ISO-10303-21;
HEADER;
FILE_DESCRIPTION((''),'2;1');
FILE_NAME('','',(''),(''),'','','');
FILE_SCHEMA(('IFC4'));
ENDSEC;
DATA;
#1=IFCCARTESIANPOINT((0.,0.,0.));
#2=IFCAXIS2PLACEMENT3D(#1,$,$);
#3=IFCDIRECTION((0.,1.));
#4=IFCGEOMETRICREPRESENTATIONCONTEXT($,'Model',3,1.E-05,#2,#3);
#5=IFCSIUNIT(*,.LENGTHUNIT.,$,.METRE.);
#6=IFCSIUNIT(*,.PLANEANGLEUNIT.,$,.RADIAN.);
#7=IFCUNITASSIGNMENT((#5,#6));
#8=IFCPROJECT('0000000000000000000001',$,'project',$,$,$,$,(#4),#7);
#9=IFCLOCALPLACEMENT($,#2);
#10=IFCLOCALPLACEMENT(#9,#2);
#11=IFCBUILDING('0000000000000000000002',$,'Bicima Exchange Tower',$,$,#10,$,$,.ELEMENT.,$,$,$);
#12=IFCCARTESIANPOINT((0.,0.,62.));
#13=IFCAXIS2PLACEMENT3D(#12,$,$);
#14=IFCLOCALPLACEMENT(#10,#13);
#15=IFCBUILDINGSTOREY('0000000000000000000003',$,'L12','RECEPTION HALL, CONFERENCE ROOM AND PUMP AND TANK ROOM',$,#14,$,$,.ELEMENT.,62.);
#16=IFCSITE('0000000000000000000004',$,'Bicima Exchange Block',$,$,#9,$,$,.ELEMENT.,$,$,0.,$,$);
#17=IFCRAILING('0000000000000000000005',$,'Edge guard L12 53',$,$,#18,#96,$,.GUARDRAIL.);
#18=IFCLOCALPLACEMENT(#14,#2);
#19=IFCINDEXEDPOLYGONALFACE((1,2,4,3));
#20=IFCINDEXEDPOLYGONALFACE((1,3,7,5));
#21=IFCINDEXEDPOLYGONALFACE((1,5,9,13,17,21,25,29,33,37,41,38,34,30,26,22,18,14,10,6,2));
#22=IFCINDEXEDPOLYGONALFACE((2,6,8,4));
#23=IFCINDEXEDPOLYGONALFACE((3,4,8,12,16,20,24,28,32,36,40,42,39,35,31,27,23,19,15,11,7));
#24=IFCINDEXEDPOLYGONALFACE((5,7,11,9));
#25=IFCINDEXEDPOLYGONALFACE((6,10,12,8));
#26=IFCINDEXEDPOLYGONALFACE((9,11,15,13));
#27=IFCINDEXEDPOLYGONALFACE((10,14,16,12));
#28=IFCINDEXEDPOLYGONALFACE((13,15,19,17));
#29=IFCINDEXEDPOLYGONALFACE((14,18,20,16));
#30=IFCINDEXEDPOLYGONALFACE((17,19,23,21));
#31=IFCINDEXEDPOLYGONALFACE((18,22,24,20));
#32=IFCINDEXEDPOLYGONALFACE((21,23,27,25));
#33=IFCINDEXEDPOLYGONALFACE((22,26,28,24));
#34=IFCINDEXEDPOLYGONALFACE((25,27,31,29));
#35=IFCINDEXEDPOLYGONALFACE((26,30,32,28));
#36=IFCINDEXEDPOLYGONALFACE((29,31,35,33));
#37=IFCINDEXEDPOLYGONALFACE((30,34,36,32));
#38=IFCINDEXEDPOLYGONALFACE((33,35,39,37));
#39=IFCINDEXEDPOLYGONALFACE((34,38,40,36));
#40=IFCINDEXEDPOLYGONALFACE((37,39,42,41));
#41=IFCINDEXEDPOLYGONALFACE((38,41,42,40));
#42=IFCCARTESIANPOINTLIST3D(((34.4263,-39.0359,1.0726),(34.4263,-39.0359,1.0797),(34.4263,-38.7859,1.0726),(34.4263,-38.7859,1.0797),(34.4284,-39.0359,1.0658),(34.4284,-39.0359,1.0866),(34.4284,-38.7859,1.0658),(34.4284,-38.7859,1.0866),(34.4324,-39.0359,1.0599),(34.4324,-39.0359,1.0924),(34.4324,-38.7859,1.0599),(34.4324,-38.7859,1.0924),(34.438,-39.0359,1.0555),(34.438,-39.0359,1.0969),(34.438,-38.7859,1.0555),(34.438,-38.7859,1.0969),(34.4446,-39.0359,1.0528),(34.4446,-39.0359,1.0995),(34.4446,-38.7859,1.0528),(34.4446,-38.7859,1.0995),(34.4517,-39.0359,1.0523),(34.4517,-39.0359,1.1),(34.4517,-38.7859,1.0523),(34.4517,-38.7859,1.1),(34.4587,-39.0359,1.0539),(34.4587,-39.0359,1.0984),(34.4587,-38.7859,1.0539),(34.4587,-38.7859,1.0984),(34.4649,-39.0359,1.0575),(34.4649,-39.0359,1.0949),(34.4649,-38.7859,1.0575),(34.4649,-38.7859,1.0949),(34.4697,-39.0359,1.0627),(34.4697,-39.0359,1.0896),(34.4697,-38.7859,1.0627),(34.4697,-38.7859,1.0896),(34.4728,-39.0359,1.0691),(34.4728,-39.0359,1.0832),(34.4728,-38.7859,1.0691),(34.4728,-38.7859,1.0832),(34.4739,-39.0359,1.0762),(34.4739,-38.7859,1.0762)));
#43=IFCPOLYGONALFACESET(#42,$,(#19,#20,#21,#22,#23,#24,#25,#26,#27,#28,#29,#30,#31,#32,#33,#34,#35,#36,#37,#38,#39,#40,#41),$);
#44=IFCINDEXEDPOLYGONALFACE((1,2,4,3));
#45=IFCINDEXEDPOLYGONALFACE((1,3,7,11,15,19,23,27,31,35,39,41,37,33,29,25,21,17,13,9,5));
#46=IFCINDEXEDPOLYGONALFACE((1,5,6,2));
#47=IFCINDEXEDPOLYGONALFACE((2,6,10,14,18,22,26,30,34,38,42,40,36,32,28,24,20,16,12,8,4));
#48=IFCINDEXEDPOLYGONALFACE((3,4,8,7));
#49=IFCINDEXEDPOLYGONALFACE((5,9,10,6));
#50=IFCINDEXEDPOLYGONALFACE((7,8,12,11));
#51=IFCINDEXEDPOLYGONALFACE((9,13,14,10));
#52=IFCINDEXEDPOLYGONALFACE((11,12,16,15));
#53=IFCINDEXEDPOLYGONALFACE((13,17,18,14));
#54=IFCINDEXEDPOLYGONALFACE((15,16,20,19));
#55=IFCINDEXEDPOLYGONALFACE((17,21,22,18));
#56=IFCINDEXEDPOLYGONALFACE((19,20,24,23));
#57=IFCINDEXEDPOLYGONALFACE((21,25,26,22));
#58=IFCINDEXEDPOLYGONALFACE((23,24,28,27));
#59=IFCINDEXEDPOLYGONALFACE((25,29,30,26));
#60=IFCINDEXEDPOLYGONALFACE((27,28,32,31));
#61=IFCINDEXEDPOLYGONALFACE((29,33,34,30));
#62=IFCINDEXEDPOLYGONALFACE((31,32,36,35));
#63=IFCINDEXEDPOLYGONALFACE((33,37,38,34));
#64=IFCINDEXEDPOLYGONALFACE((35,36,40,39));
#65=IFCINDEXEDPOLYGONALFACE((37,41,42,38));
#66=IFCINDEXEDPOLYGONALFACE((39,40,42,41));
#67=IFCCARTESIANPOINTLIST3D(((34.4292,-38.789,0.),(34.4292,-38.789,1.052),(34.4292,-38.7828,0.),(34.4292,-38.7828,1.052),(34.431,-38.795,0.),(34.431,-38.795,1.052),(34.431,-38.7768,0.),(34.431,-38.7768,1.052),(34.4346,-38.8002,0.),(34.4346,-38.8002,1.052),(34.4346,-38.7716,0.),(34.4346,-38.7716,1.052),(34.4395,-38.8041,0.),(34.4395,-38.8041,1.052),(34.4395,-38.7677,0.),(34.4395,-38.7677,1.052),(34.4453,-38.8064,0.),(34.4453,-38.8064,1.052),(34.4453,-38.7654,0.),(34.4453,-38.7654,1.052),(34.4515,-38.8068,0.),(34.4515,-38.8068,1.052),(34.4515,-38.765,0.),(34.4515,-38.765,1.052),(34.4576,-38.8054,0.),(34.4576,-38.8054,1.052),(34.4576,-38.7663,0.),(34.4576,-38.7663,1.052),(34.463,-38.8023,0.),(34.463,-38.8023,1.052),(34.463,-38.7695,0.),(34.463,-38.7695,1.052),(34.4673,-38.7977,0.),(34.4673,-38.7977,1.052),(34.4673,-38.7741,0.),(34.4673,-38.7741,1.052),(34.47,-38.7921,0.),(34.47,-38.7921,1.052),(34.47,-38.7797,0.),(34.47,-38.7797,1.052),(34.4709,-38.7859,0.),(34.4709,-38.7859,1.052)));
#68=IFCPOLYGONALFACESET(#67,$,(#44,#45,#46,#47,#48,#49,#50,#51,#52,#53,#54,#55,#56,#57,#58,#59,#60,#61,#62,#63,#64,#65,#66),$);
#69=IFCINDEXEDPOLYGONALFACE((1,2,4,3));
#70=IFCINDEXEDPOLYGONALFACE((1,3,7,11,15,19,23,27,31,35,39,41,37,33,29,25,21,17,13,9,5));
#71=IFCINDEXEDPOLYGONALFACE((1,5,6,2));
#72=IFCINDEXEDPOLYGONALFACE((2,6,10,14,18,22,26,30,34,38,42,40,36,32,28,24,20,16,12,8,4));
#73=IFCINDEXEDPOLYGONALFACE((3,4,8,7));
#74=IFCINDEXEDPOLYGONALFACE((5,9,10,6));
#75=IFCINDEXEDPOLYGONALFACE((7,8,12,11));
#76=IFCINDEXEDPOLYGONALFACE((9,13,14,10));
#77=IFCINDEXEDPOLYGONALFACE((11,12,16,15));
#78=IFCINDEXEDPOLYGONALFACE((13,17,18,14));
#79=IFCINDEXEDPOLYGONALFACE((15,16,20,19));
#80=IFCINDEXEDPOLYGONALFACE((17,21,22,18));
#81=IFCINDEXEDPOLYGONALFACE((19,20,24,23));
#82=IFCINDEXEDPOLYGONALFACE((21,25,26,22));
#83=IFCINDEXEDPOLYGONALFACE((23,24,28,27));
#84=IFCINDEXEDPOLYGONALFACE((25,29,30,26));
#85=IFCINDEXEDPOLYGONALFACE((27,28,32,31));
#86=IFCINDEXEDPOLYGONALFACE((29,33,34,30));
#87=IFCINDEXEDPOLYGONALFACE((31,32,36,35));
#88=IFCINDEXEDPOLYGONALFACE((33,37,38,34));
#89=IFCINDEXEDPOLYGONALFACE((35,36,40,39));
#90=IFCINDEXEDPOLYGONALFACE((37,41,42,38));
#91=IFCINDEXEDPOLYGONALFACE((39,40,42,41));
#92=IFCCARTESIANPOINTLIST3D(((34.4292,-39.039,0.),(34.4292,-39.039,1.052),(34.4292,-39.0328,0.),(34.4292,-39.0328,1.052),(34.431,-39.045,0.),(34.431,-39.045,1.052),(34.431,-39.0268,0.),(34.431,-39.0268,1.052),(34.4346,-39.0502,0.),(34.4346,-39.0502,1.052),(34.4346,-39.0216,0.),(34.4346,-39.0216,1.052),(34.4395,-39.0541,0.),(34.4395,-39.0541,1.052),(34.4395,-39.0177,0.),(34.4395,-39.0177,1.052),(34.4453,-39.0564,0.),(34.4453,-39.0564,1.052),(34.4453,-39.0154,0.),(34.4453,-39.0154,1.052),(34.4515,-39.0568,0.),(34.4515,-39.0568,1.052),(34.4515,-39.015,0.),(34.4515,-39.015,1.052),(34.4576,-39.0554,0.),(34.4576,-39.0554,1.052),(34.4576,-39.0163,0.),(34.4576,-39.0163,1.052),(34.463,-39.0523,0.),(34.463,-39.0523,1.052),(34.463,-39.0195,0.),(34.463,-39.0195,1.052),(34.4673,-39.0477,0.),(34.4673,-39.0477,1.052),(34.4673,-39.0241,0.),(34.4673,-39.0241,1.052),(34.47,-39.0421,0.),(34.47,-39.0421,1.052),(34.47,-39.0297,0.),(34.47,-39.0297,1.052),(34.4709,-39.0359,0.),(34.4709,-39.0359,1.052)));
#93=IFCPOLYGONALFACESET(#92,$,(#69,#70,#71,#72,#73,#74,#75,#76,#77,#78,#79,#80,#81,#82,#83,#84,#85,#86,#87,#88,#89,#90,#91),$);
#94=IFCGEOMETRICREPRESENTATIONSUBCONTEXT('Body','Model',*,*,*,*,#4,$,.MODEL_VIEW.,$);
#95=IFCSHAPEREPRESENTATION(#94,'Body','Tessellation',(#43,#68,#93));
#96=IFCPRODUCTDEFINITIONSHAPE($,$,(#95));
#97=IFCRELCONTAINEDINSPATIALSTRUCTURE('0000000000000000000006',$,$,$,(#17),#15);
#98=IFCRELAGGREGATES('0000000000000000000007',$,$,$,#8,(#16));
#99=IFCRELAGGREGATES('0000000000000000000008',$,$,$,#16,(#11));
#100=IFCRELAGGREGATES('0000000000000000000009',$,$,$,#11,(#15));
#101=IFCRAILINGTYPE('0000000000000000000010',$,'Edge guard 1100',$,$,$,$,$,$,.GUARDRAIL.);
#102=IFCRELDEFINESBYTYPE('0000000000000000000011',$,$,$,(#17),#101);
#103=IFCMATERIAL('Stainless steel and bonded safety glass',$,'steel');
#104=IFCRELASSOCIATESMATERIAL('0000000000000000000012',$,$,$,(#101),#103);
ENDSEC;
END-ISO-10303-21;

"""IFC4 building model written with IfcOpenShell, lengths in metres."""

from ifc_helpers import new_model, si_unit, direction, frame, origin, origin_2d, place, context, subcontext, project, spatial, circle, extrude, material, type_object, element, save


model = new_model("IFC4")

# Units and contexts
model_context = context("Model", 3, precision=1e-05, world=origin(), true_north=direction((0.0, 1.0)))
body_context = subcontext(model_context, "Body", "Model", "MODEL_VIEW")
ifc_project = project(units=[si_unit("LENGTHUNIT", "METRE"), si_unit("PLANEANGLEUNIT", "RADIAN")], contexts=[model_context])

# Site, building, storey
site_placement = place(None, origin())
site = spatial("IfcSite", under=ifc_project, at=site_placement, Name="Bicima Exchange Block", CompositionType="ELEMENT", RefElevation=0.0)
building_placement = place(site_placement, origin())
building = spatial("IfcBuilding", under=site, at=building_placement, Name="Bicima Exchange Tower", CompositionType="ELEMENT")
storey_placement = place(building_placement, frame((0.0, 0.0, 62.0)))
storey = spatial("IfcBuildingStorey", under=building, at=storey_placement, Name="L12", Description="RECEPTION HALL, CONFERENCE ROOM AND PUMP AND TANK ROOM", CompositionType="ELEMENT", Elevation=62.0)

# Railing
ifc_material_1 = material(Name="Stainless steel and bonded safety glass", Category="steel")
railing_type = type_object("IfcRailingType", Name="Edge guard 1100", PredefinedType="GUARDRAIL", material=ifc_material_1)
railing_1_placement = place(storey_placement, frame((34.45, -38.7859, 0.0)))
element("IfcRailing", 1, at=railing_1_placement, inside=storey, type_object=railing_type, Name="Edge guard L12 53", PredefinedType="GUARDRAIL", context=body_context, shape_type="SweptSolid", body=[
    extrude(circle(Radius=0.0239, at=origin_2d()), frame((0.0, 0.0, 1.0762), z_axis=(0.0, -1.0, 0.0), x_axis=(1.0, 0.0, 0.0)), (0.0, 0.0, 1.0), 0.25),
    extrude(circle(Radius=0.021, at=origin_2d()), origin(), (0.0, 0.0, 1.0), 1.052),
    extrude(circle(Radius=0.021, at=origin_2d()), frame((0.0, -0.25, 0.0)), (0.0, 0.0, 1.0), 1.052),
])

save(model, "model.ifc")
